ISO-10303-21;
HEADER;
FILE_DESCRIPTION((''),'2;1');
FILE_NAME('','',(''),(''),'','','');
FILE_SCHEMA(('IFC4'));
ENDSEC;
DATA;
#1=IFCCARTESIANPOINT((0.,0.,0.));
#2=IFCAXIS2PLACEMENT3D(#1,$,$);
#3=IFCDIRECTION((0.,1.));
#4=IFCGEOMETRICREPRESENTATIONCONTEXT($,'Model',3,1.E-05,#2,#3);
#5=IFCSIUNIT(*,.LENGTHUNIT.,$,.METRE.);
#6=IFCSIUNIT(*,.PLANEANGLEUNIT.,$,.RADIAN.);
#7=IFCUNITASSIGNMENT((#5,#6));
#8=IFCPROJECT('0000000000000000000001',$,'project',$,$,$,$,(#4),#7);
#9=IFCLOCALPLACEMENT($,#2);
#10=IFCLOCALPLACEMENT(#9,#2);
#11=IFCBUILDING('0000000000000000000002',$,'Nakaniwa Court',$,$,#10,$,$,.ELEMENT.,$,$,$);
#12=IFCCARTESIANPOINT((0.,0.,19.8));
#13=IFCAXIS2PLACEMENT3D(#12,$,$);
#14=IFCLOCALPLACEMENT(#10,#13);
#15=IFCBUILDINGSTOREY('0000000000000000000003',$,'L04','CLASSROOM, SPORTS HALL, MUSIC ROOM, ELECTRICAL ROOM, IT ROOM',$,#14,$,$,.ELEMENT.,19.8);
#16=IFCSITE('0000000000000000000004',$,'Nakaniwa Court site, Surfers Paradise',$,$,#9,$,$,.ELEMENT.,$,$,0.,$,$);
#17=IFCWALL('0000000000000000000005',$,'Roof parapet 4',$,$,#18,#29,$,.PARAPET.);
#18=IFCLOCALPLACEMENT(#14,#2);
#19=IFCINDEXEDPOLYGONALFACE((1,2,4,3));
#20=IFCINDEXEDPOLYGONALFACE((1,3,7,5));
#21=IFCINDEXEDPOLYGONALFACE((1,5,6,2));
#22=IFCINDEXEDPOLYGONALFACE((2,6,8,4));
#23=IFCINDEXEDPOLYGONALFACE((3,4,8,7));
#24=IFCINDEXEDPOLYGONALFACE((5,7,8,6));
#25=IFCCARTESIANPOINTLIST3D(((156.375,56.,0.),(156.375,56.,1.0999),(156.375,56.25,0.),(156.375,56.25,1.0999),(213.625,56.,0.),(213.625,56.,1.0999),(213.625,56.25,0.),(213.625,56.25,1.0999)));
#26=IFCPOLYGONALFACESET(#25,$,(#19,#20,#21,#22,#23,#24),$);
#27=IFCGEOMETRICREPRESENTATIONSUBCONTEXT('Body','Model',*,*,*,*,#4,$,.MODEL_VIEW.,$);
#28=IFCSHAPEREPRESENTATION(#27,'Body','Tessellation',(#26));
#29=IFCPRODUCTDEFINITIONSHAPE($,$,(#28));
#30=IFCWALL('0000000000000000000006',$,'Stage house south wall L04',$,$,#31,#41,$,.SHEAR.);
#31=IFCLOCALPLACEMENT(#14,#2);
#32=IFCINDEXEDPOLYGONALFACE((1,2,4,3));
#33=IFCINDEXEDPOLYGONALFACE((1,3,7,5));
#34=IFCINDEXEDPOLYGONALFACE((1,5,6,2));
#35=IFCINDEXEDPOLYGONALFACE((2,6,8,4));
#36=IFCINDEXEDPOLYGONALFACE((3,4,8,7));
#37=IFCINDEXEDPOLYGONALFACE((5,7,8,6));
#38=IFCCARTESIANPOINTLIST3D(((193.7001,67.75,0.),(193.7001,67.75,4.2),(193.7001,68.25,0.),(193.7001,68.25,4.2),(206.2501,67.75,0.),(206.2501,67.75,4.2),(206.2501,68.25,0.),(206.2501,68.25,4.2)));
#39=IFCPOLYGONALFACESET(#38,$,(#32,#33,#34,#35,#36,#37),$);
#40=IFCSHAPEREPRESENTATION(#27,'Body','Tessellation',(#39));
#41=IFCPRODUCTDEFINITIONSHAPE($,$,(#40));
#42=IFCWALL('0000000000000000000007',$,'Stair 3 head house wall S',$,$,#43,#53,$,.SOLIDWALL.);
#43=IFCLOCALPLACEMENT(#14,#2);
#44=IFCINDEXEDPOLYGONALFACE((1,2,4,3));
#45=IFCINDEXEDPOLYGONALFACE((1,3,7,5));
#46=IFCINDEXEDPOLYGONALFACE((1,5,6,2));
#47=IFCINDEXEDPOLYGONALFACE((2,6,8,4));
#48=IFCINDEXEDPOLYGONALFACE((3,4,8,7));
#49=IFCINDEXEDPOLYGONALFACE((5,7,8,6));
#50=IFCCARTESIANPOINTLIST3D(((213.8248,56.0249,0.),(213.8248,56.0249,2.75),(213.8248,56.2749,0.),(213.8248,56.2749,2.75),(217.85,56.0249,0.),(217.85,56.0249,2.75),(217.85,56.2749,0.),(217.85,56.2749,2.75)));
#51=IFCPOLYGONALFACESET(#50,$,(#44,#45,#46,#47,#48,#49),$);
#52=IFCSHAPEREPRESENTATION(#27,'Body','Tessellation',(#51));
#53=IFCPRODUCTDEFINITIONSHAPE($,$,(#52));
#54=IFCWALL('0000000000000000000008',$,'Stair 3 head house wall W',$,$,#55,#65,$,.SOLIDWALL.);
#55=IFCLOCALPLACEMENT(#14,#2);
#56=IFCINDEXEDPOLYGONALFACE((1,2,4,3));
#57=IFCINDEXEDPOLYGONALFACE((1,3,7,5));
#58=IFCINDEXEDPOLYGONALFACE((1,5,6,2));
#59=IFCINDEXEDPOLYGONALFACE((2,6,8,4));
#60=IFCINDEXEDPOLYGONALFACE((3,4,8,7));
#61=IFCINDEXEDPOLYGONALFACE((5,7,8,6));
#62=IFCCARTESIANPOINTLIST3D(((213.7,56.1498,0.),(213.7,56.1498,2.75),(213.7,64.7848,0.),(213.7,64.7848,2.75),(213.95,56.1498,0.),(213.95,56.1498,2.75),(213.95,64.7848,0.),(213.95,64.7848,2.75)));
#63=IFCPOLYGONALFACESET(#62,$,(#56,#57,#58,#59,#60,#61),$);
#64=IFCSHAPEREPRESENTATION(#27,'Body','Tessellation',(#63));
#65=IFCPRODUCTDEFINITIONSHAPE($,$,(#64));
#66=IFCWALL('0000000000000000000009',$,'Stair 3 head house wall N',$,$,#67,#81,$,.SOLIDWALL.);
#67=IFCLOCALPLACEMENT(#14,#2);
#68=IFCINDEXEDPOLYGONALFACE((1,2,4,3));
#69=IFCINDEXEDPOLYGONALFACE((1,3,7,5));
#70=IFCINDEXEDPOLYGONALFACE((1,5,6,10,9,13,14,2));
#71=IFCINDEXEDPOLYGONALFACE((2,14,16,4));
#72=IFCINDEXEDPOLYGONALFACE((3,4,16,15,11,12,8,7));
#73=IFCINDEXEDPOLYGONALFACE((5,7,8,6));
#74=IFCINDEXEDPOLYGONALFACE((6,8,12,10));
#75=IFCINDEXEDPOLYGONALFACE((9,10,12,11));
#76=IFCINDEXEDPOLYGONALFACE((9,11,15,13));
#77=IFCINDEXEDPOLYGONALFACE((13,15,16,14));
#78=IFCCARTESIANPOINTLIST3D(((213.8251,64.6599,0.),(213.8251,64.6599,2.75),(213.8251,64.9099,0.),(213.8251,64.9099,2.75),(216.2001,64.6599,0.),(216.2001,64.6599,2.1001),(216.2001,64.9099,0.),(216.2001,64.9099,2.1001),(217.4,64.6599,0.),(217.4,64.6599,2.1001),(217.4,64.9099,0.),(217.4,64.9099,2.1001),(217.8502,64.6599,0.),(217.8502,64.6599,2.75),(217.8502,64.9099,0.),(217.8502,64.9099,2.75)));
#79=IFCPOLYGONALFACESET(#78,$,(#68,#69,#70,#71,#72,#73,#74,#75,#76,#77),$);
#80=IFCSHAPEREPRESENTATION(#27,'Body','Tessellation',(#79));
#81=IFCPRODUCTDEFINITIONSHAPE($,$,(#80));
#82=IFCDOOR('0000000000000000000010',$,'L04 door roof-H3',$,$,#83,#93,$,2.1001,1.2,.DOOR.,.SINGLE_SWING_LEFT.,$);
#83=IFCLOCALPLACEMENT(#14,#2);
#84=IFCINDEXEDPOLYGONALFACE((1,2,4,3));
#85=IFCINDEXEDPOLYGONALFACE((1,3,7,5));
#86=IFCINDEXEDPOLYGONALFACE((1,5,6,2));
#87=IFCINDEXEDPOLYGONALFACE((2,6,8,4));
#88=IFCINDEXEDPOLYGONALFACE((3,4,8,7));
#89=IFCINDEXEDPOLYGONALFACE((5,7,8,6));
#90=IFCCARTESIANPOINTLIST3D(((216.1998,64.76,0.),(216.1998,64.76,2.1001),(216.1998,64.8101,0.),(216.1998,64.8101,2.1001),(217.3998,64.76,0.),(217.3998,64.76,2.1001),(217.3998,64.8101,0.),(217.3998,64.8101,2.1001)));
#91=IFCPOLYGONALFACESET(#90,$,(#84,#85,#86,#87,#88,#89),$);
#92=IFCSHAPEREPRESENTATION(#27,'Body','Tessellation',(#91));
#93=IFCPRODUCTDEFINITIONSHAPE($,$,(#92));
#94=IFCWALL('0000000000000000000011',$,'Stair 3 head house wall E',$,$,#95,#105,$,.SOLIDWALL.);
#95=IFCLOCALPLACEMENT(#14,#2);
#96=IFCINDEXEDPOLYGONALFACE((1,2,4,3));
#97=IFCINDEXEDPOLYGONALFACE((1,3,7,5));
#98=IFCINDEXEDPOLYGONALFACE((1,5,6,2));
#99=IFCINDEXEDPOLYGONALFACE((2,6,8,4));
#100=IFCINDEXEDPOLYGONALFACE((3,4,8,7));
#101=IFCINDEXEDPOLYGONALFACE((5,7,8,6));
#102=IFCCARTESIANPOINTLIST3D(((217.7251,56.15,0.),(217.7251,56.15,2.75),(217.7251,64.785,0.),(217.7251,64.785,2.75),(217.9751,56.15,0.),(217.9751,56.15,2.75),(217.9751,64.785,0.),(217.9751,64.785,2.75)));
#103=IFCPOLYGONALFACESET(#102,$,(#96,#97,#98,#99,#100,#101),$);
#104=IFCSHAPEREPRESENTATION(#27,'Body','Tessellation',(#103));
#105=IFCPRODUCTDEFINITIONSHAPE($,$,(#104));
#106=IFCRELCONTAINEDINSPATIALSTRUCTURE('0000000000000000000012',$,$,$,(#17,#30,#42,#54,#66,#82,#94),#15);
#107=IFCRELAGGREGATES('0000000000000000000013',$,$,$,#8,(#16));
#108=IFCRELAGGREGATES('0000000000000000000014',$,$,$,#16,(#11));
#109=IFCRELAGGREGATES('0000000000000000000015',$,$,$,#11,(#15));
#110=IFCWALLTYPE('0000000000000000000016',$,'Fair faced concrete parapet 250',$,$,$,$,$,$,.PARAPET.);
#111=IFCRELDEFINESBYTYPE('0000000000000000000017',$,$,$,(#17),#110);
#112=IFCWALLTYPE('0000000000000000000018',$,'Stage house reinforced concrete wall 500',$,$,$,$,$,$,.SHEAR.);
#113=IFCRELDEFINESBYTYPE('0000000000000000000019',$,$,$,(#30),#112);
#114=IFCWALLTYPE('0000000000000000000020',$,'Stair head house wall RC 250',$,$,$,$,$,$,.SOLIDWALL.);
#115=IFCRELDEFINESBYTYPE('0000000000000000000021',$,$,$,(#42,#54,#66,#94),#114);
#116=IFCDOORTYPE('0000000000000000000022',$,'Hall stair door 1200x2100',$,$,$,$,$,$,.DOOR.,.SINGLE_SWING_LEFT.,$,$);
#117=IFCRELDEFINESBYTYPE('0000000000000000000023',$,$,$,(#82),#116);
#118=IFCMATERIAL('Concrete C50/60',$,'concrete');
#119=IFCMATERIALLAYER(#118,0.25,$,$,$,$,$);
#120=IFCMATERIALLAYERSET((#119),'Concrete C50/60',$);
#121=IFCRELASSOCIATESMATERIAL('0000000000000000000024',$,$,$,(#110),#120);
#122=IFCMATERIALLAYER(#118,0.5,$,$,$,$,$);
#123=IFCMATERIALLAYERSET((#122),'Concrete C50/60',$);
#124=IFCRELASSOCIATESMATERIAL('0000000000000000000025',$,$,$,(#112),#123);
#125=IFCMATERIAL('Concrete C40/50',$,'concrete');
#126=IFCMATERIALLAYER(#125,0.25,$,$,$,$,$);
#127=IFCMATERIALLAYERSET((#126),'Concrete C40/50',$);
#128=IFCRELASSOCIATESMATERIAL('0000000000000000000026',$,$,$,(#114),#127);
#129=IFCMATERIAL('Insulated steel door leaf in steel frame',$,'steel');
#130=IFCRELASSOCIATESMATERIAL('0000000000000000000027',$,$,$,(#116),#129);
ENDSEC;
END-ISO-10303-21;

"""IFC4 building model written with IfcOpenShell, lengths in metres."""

from ifc_helpers import new_model, si_unit, direction, frame, frame_2d, origin, place, context, subcontext, project, spatial, rectangle, extrude, material, layer, layer_set, type_object, element, fill, save


model = new_model("IFC4")

# Units and contexts
model_context = context("Model", 3, precision=1e-05, world=origin(), true_north=direction((0.0, 1.0)))
body_context = subcontext(model_context, "Body", "Model", "MODEL_VIEW")
ifc_project = project(units=[si_unit("LENGTHUNIT", "METRE"), si_unit("PLANEANGLEUNIT", "RADIAN")], contexts=[model_context])

# Site, building, storey
site_placement = place(None, origin())
site = spatial("IfcSite", under=ifc_project, at=site_placement, Name="Nakaniwa Court site, Surfers Paradise", CompositionType="ELEMENT", RefElevation=0.0)
building_placement = place(site_placement, origin())
building = spatial("IfcBuilding", under=site, at=building_placement, Name="Nakaniwa Court", CompositionType="ELEMENT")
storey_placement = place(building_placement, frame((0.0, 0.0, 19.8)))
storey = spatial("IfcBuildingStorey", under=building, at=storey_placement, Name="L04", Description="CLASSROOM, SPORTS HALL, MUSIC ROOM, ELECTRICAL ROOM, IT ROOM", CompositionType="ELEMENT", Elevation=19.8)

# Walls
ifc_material_1 = material(Name="Concrete C50/60", Category="concrete")
ifc_layer_1 = layer(ifc_material_1, 0.25)
ifc_layer_set_1 = layer_set([ifc_layer_1], Name="Concrete C50/60")
wall_type_1 = type_object("IfcWallType", Name="Fair faced concrete parapet 250", PredefinedType="PARAPET", material=ifc_layer_set_1)
wall_1_placement = place(storey_placement, frame((213.625, 56.125, 0.0), z_axis=(0.0, 0.0, 1.0), x_axis=(-1.0, 0.0, 0.0)))
element("IfcWall", 1, at=wall_1_placement, inside=storey, type_object=wall_type_1, Name="Roof parapet 4", PredefinedType="PARAPET", context=body_context, shape_type="SweptSolid", body=[
    extrude(rectangle(XDim=57.25, YDim=0.25, at=frame_2d((28.625, 0.0))), origin(), (0.0, 0.0, 1.0), 1.0999),
])
ifc_layer_2 = layer(ifc_material_1, 0.5)
ifc_layer_set_2 = layer_set([ifc_layer_2], Name="Concrete C50/60")
wall_type_2 = type_object("IfcWallType", Name="Stage house reinforced concrete wall 500", PredefinedType="SHEAR", material=ifc_layer_set_2)
wall_2_placement = place(storey_placement, frame((206.25, 68.0, 0.0), z_axis=(0.0, 0.0, 1.0), x_axis=(-1.0, 0.0, 0.0)))
element("IfcWall", 2, at=wall_2_placement, inside=storey, type_object=wall_type_2, Name="Stage house south wall L04", PredefinedType="SHEAR", context=body_context, shape_type="SweptSolid", body=[
    extrude(rectangle(XDim=12.55, YDim=0.5, at=frame_2d((6.2749, 0.0))), origin(), (0.0, 0.0, 1.0), 4.2),
])
ifc_material_2 = material(Name="Concrete C40/50", Category="concrete")
ifc_layer_3 = layer(ifc_material_2, 0.25)
ifc_layer_set_3 = layer_set([ifc_layer_3], Name="Concrete C40/50")
wall_type_3 = type_object("IfcWallType", Name="Stair head house wall RC 250", PredefinedType="SOLIDWALL", material=ifc_layer_set_3)
wall_3_placement = place(storey_placement, frame((217.8501, 56.1499, 0.0), z_axis=(0.0, 0.0, 1.0), x_axis=(-1.0, 0.0, 0.0)))
element("IfcWall", 3, at=wall_3_placement, inside=storey, type_object=wall_type_3, Name="Stair 3 head house wall S", PredefinedType="SOLIDWALL", context=body_context, shape_type="SweptSolid", body=[
    extrude(rectangle(XDim=4.0251, YDim=0.25, at=frame_2d((2.0127, 0.0))), origin(), (0.0, 0.0, 1.0), 2.75),
])
wall_4_placement = place(storey_placement, frame((213.825, 56.1499, 0.0), z_axis=(0.0, 0.0, 1.0), x_axis=(0.0, 1.0, 0.0)))
element("IfcWall", 4, at=wall_4_placement, inside=storey, type_object=wall_type_3, Name="Stair 3 head house wall W", PredefinedType="SOLIDWALL", context=body_context, shape_type="SweptSolid", body=[
    extrude(rectangle(XDim=8.635, YDim=0.25, at=frame_2d((4.3174, 0.0))), origin(), (0.0, 0.0, 1.0), 2.75),
])

# Wall, opening, door
wall_5_placement = place(storey_placement, frame((213.825, 64.7849, 0.0), z_axis=(0.0, 0.0, 1.0), x_axis=(1.0, 0.0, 0.0)))
wall_5 = element("IfcWall", 5, at=wall_5_placement, inside=storey, type_object=wall_type_3, Name="Stair 3 head house wall N", PredefinedType="SOLIDWALL", context=body_context, shape_type="SweptSolid", body=[
    extrude(rectangle(XDim=4.0251, YDim=0.25, at=frame_2d((2.0127, 0.0))), origin(), (0.0, 0.0, 1.0), 2.75),
])
opening_placement = place(wall_5_placement, frame((2.375, 0.0, 0.0)))
opening = element("IfcOpeningElement", 6, at=opening_placement, cuts=wall_5, PredefinedType="OPENING", context=body_context, shape_type="SweptSolid", body=[
    extrude(rectangle(XDim=1.2, YDim=2.1001, at=frame_2d((0.6001, 1.05))), frame((0.0, 0.135, 0.0), z_axis=(0.0, -1.0, 0.0), x_axis=(1.0, 0.0, 0.0)), (0.0, 0.0, 1.0), 0.27),
])
ifc_material_3 = material(Name="Insulated steel door leaf in steel frame", Category="steel")
door_type = type_object("IfcDoorType", Name="Hall stair door 1200x2100", OperationType="SINGLE_SWING_LEFT", PredefinedType="DOOR", material=ifc_material_3)
door_placement = place(opening_placement, frame((1.2, 0.0, 0.0), z_axis=(0.0, 0.0, 1.0), x_axis=(-1.0, 0.0, 0.0)))
door = element("IfcDoor", 7, at=door_placement, inside=storey, type_object=door_type, Name="L04 door roof-H3", OperationType="SINGLE_SWING_LEFT", OverallHeight=2.1001, OverallWidth=1.2, PredefinedType="DOOR", context=body_context, shape_type="SweptSolid", body=[
    extrude(rectangle(XDim=1.2, YDim=2.1001, at=frame_2d((0.6001, 1.05))), frame((0.0, 0.0249, 0.0), z_axis=(0.0, -1.0, 0.0), x_axis=(1.0, 0.0, 0.0)), (0.0, 0.0, 1.0), 0.05),
])
fill(opening, door)

# Wall
wall_6_placement = place(storey_placement, frame((217.8501, 64.7849, 0.0), z_axis=(0.0, 0.0, 1.0), x_axis=(0.0, -1.0, 0.0)))
element("IfcWall", 8, at=wall_6_placement, inside=storey, type_object=wall_type_3, Name="Stair 3 head house wall E", PredefinedType="SOLIDWALL", context=body_context, shape_type="SweptSolid", body=[
    extrude(rectangle(XDim=8.635, YDim=0.25, at=frame_2d((4.3174, 0.0))), origin(), (0.0, 0.0, 1.0), 2.75),
])

save(model, "model.ifc")
